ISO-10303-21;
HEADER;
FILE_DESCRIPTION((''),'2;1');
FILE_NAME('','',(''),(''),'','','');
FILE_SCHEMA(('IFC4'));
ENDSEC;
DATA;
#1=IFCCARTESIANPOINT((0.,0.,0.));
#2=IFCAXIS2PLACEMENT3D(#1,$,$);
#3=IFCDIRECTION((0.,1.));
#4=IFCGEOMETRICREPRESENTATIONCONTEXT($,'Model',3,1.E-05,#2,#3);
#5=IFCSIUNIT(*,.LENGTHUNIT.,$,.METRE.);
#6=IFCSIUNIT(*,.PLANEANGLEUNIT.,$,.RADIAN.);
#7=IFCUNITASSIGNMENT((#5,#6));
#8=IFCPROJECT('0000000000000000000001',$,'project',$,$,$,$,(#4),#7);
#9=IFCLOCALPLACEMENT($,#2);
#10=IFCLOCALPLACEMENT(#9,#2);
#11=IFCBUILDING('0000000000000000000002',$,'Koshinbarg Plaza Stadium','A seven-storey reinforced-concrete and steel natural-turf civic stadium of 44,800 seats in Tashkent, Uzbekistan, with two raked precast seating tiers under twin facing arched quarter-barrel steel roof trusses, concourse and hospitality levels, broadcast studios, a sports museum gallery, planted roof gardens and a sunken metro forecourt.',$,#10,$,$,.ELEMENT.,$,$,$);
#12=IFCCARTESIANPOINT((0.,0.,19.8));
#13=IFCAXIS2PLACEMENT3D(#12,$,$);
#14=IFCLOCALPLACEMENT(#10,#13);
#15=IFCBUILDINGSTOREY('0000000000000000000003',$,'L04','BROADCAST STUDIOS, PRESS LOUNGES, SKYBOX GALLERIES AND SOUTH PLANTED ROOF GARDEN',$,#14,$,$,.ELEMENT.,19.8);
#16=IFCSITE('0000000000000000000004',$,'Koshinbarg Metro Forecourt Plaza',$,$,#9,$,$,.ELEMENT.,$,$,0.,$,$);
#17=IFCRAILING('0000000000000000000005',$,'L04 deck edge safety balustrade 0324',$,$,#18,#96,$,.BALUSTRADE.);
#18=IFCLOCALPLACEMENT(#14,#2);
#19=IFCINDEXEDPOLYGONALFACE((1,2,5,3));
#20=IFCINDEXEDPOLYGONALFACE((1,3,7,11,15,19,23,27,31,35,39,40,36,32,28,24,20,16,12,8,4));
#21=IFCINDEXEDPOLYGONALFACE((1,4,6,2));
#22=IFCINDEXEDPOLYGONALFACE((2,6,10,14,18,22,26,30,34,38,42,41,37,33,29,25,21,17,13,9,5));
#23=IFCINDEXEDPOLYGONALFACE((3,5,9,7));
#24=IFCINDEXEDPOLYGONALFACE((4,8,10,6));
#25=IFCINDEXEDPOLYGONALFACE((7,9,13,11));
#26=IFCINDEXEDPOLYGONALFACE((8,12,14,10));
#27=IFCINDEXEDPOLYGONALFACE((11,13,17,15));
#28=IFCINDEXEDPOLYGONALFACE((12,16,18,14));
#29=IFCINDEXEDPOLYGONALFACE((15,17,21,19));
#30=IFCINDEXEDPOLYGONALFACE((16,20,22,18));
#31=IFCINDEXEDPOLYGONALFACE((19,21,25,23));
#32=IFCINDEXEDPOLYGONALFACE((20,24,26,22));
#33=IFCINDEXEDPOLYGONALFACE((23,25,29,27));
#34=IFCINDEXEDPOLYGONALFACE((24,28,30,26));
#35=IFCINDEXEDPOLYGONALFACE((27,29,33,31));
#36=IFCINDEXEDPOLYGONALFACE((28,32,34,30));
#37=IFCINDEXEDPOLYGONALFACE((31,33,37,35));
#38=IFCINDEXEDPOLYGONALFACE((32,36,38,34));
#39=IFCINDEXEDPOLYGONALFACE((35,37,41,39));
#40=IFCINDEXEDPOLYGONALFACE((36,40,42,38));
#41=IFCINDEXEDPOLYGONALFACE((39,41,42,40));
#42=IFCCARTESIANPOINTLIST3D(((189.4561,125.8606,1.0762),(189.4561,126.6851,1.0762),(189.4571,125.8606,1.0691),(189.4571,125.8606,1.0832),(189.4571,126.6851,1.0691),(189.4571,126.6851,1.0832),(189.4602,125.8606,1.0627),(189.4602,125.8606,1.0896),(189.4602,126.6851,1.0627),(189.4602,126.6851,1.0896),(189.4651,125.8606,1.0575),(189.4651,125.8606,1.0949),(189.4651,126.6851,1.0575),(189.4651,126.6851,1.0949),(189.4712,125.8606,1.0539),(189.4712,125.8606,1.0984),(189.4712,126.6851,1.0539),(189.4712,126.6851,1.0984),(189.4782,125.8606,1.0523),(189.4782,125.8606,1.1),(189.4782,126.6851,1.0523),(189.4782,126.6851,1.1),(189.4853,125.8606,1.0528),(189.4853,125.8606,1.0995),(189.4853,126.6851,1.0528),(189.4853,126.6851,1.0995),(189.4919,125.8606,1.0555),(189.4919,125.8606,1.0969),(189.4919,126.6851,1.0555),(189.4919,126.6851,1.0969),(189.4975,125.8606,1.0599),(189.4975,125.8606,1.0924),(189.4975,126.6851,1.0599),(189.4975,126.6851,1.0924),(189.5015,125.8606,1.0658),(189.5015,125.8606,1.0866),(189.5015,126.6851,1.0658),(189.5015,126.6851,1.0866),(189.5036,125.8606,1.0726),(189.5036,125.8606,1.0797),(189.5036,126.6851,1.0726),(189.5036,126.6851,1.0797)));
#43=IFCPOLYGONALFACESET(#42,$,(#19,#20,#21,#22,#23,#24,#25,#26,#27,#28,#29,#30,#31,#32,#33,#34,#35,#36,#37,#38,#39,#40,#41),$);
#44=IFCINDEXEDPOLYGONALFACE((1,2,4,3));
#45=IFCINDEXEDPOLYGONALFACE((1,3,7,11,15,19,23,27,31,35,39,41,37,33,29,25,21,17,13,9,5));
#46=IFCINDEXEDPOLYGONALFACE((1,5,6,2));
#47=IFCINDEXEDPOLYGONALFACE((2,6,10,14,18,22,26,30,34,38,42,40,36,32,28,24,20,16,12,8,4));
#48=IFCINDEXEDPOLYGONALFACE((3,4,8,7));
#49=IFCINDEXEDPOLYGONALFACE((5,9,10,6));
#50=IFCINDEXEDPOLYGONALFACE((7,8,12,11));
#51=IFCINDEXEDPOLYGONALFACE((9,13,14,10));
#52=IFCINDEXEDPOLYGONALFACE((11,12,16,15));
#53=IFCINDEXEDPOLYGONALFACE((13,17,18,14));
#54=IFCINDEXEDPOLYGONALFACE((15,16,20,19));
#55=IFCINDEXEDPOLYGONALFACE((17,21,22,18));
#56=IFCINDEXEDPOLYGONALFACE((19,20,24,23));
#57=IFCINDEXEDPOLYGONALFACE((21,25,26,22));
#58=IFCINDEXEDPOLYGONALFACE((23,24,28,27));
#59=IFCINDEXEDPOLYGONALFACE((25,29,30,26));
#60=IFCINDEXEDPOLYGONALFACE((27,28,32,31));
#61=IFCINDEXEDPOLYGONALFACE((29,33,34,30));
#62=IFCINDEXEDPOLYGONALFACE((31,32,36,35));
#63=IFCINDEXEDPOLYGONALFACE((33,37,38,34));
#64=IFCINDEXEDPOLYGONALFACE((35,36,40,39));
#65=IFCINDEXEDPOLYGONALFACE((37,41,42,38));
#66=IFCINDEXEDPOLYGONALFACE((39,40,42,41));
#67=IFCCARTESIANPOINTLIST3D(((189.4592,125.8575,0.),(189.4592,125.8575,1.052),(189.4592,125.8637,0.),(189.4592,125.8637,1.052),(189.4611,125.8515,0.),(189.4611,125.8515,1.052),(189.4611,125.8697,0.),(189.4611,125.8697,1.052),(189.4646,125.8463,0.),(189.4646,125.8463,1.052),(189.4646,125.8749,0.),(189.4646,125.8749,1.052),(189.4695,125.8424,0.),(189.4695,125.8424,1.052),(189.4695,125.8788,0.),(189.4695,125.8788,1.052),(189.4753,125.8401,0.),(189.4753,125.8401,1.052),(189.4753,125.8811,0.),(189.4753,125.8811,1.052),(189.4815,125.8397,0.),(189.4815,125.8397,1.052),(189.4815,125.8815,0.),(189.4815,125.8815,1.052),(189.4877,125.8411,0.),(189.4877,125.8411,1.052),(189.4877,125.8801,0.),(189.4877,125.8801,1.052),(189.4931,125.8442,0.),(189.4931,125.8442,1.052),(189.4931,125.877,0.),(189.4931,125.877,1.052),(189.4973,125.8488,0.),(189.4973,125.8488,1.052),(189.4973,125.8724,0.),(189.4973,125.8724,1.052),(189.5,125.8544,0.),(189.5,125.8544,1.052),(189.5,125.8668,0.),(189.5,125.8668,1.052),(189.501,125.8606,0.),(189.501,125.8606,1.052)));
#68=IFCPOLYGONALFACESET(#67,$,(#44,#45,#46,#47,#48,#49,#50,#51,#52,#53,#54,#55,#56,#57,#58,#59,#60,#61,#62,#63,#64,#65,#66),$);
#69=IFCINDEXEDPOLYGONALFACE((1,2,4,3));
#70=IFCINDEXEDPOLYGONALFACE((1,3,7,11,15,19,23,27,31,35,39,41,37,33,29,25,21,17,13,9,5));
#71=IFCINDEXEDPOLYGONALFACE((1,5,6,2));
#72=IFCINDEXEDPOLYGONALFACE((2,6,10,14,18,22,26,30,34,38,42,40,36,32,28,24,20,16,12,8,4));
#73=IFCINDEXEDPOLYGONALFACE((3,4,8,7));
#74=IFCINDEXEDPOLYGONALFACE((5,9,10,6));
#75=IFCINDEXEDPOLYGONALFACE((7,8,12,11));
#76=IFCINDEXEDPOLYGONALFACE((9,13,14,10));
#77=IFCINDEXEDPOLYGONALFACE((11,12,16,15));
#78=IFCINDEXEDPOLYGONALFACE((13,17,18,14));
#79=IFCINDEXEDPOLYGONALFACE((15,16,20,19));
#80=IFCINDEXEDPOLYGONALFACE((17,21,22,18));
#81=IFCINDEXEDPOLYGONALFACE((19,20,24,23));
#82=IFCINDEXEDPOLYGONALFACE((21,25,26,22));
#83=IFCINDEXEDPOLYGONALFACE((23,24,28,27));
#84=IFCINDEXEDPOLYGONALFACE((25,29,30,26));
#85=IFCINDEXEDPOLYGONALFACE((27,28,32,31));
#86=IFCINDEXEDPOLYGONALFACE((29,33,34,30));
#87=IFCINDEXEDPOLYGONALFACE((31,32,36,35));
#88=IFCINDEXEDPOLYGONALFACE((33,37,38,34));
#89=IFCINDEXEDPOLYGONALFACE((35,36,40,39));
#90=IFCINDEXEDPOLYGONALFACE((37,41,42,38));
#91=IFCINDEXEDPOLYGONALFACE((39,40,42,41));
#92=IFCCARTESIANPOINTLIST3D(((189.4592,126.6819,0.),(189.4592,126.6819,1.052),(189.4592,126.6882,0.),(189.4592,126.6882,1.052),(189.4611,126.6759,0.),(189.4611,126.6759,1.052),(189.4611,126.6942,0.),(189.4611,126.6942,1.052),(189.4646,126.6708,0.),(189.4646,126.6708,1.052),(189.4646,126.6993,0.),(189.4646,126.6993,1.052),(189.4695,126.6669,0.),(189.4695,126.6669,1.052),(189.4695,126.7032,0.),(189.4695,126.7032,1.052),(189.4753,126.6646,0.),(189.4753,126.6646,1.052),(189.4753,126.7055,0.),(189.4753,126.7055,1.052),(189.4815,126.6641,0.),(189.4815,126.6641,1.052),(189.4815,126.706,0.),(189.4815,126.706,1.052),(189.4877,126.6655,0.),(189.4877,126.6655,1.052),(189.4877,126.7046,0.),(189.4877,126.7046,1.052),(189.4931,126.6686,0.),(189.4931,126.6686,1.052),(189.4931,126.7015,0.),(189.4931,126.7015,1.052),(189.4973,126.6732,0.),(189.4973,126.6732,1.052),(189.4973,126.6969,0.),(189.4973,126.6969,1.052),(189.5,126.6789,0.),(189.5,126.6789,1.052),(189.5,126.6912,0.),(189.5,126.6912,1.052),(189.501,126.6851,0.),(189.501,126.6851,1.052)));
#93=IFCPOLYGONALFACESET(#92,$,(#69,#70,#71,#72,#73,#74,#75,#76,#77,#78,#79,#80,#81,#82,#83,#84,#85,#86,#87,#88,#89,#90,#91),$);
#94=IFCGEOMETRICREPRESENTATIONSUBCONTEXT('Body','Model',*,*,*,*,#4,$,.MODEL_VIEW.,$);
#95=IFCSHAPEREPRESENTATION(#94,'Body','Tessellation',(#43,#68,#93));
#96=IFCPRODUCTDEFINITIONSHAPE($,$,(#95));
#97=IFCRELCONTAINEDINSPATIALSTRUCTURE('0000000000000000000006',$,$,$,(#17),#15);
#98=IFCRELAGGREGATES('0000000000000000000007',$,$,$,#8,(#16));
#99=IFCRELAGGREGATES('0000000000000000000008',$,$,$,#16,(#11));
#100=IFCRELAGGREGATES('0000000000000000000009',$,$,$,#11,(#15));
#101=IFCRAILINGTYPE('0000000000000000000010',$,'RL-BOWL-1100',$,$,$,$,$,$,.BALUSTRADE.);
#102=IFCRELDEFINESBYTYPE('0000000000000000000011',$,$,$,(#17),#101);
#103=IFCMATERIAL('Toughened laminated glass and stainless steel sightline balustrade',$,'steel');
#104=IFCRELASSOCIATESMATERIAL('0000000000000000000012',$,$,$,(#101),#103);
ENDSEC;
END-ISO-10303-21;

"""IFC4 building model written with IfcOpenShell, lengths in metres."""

from ifc_helpers import new_model, si_unit, direction, frame, origin, origin_2d, place, context, subcontext, project, spatial, circle, extrude, material, type_object, element, save


model = new_model("IFC4")

# Units and contexts
model_context = context("Model", 3, precision=1e-05, world=origin(), true_north=direction((0.0, 1.0)))
body_context = subcontext(model_context, "Body", "Model", "MODEL_VIEW")
ifc_project = project(units=[si_unit("LENGTHUNIT", "METRE"), si_unit("PLANEANGLEUNIT", "RADIAN")], contexts=[model_context])

# Site, building, storey
site_placement = place(None, origin())
site = spatial("IfcSite", under=ifc_project, at=site_placement, Name="Koshinbarg Metro Forecourt Plaza", CompositionType="ELEMENT", RefElevation=0.0)
building_placement = place(site_placement, origin())
building = spatial("IfcBuilding", under=site, at=building_placement, Name="Koshinbarg Plaza Stadium", Description="A seven-storey reinforced-concrete and steel natural-turf civic stadium of 44,800 seats in Tashkent, Uzbekistan, with two raked precast seating tiers under twin facing arched quarter-barrel steel roof trusses, concourse and hospitality levels, broadcast studios, a sports museum gallery, planted roof gardens and a sunken metro forecourt.", CompositionType="ELEMENT")
storey_placement = place(building_placement, frame((0.0, 0.0, 19.8)))
storey = spatial("IfcBuildingStorey", under=building, at=storey_placement, Name="L04", Description="BROADCAST STUDIOS, PRESS LOUNGES, SKYBOX GALLERIES AND SOUTH PLANTED ROOF GARDEN", CompositionType="ELEMENT", Elevation=19.8)

# Railing
ifc_material_1 = material(Name="Toughened laminated glass and stainless steel sightline balustrade", Category="steel")
railing_type = type_object("IfcRailingType", Name="RL-BOWL-1100", PredefinedType="BALUSTRADE", material=ifc_material_1)
railing_placement = place(storey_placement, frame((189.48, 125.8606, 0.0)))
element("IfcRailing", 1, at=railing_placement, inside=storey, type_object=railing_type, Name="L04 deck edge safety balustrade 0324", PredefinedType="BALUSTRADE", context=body_context, shape_type="SweptSolid", body=[
    extrude(circle(Radius=0.0239, at=origin_2d()), frame((0.0, 0.0, 1.0762), z_axis=(0.0, 1.0, 0.0), x_axis=(-1.0, 0.0, 0.0)), (0.0, 0.0, 1.0), 0.8245),
    extrude(circle(Radius=0.021, at=origin_2d()), origin(), (0.0, 0.0, 1.0), 1.052),
    extrude(circle(Radius=0.021, at=origin_2d()), frame((0.0, 0.8245, 0.0)), (0.0, 0.0, 1.0), 1.052),
])

save(model, "model.ifc")
